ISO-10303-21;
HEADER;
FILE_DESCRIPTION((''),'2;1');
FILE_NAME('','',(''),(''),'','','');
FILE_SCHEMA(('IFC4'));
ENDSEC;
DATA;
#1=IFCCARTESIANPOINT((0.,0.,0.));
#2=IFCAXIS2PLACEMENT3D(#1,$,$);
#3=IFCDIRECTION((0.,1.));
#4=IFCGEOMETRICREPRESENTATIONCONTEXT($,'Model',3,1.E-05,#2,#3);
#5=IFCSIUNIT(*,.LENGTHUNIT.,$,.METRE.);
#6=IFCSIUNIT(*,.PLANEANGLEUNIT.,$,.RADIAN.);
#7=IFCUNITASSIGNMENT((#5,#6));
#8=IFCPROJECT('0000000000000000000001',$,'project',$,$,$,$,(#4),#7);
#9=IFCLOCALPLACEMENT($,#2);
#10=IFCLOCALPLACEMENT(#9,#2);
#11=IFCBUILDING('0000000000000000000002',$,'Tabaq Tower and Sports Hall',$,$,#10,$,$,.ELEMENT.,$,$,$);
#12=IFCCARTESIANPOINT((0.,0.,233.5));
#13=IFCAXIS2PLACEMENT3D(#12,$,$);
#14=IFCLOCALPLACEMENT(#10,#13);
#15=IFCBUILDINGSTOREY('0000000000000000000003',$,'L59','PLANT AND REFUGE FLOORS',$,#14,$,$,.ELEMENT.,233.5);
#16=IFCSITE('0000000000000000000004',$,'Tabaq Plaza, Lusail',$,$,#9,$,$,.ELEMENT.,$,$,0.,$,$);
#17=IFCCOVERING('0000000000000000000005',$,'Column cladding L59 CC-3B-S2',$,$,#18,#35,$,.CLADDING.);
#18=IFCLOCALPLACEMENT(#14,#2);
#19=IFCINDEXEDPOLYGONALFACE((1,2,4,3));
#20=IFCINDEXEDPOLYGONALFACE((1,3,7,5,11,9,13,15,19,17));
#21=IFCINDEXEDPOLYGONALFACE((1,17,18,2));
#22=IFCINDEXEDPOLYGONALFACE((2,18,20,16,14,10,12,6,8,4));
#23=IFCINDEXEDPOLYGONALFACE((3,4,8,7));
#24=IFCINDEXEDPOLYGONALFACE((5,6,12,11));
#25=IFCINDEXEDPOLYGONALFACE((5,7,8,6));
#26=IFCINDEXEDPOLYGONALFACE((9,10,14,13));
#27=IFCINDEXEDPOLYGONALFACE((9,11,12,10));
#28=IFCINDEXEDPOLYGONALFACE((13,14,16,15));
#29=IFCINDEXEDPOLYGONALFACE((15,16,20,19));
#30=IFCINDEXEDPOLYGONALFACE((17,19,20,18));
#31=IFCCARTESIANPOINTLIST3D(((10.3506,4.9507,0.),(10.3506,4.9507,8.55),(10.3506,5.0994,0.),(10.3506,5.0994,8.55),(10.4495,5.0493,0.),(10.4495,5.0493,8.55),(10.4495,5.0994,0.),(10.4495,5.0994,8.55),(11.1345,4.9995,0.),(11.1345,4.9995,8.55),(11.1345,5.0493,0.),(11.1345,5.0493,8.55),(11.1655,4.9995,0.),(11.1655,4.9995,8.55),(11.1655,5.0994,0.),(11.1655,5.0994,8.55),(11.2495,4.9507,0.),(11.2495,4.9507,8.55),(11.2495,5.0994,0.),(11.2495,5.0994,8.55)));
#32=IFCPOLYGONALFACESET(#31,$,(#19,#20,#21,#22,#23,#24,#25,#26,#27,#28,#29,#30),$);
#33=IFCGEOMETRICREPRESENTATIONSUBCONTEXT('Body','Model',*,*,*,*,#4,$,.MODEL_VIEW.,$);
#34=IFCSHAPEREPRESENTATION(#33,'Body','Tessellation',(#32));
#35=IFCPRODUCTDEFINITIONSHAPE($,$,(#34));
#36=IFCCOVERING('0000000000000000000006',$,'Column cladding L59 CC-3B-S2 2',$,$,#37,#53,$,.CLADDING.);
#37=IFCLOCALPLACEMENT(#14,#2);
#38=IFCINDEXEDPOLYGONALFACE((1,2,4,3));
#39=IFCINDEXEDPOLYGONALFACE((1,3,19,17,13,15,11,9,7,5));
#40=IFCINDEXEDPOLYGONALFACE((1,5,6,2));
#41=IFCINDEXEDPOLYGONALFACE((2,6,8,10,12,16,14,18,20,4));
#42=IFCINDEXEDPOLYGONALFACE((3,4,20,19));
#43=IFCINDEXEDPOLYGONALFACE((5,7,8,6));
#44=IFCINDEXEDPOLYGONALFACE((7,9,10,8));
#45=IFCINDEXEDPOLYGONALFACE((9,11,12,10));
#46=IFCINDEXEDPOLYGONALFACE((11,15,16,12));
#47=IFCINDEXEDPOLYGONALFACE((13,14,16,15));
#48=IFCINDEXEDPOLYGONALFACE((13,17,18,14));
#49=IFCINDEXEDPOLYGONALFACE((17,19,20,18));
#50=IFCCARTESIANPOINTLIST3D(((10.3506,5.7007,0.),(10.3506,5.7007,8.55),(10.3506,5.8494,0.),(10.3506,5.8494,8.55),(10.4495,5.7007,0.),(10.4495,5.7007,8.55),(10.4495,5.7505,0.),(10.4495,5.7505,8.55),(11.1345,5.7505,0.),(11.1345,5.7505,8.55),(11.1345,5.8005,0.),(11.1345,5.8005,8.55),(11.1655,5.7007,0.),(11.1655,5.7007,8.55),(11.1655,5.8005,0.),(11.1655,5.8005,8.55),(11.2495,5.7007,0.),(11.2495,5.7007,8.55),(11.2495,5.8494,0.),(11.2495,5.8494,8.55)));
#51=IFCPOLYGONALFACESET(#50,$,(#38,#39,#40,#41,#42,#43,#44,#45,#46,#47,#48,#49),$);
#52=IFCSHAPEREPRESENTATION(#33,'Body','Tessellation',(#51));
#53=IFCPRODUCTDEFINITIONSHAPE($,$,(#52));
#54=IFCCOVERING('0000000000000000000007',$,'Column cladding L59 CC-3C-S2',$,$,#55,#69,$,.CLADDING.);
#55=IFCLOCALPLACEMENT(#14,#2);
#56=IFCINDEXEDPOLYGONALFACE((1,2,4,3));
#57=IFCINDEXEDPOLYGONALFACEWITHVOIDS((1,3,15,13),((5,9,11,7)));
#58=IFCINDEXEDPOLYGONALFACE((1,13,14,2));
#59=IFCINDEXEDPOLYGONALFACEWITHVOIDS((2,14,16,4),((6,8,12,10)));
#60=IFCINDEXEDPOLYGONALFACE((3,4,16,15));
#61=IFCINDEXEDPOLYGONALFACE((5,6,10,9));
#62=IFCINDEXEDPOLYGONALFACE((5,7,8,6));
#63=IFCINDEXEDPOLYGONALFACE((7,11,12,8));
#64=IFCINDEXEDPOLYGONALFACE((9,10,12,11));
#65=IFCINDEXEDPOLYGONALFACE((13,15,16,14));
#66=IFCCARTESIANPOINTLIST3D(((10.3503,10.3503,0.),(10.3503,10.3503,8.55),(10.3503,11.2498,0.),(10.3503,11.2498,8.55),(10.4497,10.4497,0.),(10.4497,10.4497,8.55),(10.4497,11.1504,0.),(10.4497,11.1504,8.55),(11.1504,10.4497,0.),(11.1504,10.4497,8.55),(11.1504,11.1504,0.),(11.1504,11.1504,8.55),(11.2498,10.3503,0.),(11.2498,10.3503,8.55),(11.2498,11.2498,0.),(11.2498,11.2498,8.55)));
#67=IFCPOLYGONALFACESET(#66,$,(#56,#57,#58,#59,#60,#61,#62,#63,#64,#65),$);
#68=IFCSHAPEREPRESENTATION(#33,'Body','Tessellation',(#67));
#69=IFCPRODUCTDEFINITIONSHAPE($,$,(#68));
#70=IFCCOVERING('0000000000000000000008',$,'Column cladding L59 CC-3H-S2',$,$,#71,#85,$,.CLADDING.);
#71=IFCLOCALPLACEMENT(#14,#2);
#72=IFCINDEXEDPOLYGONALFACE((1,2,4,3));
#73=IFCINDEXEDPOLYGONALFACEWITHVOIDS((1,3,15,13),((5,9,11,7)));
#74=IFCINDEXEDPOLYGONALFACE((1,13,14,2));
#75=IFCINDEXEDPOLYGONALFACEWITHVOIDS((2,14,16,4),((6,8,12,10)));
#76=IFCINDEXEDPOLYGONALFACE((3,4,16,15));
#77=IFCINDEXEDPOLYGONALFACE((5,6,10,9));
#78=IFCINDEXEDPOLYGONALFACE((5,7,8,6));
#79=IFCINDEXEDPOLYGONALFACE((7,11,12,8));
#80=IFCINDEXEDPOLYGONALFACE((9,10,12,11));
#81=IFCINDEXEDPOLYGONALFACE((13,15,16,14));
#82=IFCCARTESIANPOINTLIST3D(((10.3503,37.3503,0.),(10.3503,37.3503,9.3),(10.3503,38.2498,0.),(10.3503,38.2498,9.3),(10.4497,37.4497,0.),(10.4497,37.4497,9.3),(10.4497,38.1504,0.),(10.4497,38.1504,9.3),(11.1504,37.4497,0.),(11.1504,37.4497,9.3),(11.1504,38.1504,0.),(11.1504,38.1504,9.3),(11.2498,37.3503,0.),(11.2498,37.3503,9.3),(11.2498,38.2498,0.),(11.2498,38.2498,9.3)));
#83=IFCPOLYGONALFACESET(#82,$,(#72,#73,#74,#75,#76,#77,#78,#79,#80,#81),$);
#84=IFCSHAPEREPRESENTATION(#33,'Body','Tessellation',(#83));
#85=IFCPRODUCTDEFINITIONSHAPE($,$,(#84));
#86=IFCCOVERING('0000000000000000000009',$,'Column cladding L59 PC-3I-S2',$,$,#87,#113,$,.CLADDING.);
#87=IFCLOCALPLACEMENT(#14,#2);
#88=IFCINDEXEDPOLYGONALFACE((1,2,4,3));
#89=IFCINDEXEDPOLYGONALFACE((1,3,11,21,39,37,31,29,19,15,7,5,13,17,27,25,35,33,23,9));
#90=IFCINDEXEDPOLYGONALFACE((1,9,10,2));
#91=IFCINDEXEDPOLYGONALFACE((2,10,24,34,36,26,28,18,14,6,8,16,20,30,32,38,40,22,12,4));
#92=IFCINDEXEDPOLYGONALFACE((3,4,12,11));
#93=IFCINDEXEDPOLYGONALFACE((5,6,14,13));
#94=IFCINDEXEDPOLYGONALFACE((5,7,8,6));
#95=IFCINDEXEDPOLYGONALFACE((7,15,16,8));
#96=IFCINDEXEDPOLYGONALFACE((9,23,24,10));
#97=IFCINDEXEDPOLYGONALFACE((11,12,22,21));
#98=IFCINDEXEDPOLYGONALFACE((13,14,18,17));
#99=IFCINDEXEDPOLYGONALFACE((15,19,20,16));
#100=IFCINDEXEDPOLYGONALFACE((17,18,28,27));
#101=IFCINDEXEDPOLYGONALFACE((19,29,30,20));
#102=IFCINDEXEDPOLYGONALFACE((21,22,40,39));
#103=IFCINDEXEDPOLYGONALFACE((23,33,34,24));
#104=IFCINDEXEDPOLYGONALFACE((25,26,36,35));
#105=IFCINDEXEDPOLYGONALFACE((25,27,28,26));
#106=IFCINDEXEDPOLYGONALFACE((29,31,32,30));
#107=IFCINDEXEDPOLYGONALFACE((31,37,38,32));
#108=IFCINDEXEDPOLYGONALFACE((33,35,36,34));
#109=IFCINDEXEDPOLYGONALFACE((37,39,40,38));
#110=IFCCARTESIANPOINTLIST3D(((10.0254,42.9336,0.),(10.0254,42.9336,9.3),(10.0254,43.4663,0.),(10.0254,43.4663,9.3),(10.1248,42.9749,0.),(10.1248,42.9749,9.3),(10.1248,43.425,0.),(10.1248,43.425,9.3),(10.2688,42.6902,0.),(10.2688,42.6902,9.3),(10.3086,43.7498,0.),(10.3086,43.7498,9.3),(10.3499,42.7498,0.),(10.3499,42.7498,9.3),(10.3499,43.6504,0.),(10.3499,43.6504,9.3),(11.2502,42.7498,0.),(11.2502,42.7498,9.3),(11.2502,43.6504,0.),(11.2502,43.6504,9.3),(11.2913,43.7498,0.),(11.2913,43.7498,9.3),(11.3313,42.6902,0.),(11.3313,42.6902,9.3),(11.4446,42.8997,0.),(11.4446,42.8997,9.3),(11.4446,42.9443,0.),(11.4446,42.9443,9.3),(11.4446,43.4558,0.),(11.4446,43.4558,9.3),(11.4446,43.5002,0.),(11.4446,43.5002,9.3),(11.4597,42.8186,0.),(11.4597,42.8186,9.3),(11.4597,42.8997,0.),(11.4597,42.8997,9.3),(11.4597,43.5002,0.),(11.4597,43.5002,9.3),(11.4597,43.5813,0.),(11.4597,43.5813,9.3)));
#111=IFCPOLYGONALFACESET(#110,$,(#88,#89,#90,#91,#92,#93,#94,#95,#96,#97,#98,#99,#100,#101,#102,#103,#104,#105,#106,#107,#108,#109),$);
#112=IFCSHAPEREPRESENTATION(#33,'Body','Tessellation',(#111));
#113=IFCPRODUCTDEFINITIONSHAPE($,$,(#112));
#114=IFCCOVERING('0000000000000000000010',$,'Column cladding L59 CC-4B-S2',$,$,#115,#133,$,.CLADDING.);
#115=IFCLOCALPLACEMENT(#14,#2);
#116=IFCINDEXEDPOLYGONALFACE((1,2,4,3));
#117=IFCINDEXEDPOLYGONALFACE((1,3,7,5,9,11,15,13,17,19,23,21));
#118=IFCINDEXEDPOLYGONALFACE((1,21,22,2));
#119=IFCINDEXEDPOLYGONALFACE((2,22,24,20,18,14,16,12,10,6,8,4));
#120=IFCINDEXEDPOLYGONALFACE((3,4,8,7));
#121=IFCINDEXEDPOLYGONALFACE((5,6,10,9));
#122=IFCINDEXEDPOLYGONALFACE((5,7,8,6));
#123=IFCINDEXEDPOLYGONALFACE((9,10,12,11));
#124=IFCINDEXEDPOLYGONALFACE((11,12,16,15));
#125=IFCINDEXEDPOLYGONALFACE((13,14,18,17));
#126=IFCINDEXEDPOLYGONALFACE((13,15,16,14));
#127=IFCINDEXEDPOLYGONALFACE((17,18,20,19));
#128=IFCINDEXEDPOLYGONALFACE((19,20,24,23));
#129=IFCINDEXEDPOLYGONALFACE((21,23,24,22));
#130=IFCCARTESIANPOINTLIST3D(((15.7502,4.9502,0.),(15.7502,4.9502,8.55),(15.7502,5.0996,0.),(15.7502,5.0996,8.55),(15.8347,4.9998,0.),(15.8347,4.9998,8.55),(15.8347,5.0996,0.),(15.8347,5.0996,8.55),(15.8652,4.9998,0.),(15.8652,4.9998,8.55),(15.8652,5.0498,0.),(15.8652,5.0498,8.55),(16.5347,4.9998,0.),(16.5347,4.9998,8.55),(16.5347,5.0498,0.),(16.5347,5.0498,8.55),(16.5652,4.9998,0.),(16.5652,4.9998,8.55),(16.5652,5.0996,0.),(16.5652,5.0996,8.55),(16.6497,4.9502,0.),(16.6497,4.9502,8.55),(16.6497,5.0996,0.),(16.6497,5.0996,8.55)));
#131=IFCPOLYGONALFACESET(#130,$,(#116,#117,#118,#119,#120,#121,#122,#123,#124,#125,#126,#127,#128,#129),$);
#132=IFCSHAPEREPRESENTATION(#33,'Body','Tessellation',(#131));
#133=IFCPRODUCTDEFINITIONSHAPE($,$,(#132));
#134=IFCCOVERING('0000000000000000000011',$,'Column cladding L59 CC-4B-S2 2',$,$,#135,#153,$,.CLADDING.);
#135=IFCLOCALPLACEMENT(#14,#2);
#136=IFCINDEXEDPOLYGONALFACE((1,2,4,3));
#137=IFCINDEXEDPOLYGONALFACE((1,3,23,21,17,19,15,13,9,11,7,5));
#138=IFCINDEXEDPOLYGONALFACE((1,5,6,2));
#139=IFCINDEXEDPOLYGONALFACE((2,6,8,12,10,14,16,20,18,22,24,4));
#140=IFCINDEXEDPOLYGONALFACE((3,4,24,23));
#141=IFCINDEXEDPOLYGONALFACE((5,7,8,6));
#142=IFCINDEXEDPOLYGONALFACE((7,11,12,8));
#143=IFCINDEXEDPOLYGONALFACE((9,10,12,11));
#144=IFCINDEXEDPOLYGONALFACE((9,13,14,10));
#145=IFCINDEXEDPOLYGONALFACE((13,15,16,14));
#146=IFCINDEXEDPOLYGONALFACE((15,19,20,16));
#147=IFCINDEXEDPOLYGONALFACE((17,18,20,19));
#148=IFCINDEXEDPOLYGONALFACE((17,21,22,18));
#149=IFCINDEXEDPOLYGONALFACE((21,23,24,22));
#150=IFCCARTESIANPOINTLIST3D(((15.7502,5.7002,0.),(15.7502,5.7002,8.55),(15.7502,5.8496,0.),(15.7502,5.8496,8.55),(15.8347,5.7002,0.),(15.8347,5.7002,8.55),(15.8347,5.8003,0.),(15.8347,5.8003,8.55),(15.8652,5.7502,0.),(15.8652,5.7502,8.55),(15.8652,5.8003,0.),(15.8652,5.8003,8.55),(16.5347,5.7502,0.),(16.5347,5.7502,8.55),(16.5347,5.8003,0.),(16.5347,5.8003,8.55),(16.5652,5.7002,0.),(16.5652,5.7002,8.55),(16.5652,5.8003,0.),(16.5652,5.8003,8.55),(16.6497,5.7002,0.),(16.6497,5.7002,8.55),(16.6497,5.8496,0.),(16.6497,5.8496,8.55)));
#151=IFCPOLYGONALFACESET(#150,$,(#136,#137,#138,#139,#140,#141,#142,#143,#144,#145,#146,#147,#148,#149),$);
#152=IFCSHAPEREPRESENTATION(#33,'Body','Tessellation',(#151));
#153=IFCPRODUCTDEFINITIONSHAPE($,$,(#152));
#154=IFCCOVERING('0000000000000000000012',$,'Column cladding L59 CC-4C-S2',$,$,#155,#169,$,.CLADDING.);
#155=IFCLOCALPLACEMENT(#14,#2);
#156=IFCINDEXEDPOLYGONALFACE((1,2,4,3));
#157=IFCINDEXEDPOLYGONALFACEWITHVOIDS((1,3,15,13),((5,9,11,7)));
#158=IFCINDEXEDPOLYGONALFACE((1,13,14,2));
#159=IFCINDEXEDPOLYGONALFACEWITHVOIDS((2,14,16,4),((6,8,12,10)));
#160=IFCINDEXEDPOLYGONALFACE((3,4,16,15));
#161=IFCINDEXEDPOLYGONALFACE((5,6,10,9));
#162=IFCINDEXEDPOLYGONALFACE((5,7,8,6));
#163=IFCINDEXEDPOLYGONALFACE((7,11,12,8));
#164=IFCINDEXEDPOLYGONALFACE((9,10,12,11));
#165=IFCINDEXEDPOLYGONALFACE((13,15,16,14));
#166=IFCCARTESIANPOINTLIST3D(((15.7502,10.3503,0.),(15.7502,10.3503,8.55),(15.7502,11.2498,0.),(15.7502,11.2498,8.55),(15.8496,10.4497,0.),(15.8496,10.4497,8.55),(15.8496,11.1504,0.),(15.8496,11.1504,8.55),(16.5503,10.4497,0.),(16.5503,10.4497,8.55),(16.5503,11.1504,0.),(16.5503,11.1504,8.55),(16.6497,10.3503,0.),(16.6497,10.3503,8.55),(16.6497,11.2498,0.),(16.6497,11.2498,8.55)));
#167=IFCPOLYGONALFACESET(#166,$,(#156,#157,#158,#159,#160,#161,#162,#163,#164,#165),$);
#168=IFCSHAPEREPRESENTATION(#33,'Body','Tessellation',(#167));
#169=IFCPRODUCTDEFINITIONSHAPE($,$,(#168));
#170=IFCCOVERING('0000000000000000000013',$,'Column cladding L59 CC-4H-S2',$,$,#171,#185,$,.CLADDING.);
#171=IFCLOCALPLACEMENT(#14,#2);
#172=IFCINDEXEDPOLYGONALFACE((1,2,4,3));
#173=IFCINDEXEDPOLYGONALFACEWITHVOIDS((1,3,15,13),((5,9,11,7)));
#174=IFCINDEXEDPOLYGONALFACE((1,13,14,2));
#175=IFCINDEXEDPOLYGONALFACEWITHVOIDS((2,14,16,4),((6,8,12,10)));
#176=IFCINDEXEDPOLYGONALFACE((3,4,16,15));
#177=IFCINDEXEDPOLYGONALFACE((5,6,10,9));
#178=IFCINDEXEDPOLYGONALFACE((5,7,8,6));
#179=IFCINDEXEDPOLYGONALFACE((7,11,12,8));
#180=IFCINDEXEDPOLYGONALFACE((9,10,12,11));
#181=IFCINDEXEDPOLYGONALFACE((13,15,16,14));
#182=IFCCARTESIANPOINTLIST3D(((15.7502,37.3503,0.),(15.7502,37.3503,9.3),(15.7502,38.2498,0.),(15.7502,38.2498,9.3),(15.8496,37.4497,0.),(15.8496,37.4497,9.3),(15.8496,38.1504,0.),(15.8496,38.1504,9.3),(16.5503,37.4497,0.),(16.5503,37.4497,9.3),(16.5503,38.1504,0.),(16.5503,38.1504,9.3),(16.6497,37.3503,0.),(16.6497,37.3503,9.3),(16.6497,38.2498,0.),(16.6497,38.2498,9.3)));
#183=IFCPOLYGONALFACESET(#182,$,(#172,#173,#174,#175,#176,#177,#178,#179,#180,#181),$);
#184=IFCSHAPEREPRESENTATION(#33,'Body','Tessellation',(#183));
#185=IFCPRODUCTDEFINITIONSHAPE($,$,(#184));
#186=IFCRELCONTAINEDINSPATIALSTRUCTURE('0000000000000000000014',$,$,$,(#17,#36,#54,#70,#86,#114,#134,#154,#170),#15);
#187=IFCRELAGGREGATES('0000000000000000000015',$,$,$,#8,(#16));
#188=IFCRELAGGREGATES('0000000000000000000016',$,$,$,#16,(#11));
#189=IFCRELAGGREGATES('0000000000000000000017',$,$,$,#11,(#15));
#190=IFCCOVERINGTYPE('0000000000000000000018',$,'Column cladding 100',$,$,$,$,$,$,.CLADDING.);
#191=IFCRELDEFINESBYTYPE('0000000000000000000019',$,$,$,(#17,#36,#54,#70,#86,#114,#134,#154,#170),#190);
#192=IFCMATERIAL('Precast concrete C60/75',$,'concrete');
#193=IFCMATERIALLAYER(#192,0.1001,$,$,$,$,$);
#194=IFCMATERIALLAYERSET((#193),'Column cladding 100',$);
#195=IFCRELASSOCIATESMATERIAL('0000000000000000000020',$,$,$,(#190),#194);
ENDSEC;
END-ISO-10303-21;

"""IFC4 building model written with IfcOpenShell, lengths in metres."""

from ifc_helpers import new_model, si_unit, direction, frame, origin, place, context, subcontext, project, spatial, polyline, outline, extrude, material, layer, layer_set, type_object, element, save


model = new_model("IFC4")

# Units and contexts
model_context = context("Model", 3, precision=1e-05, world=origin(), true_north=direction((0.0, 1.0)))
body_context = subcontext(model_context, "Body", "Model", "MODEL_VIEW")
ifc_project = project(units=[si_unit("LENGTHUNIT", "METRE"), si_unit("PLANEANGLEUNIT", "RADIAN")], contexts=[model_context])

# Site, building, storey
site_placement = place(None, origin())
site = spatial("IfcSite", under=ifc_project, at=site_placement, Name="Tabaq Plaza, Lusail", CompositionType="ELEMENT", RefElevation=0.0)
building_placement = place(site_placement, origin())
building = spatial("IfcBuilding", under=site, at=building_placement, Name="Tabaq Tower and Sports Hall", CompositionType="ELEMENT")
storey_placement = place(building_placement, frame((0.0, 0.0, 233.5)))
storey = spatial("IfcBuildingStorey", under=building, at=storey_placement, Name="L59", Description="PLANT AND REFUGE FLOORS", CompositionType="ELEMENT", Elevation=233.5)

# Coverings
ifc_material_1 = material(Name="Precast concrete C60/75", Category="concrete")
ifc_layer_1 = layer(ifc_material_1, 0.1001)
ifc_layer_set_1 = layer_set([ifc_layer_1], Name="Column cladding 100")
covering_type_1 = type_object("IfcCoveringType", Name="Column cladding 100", PredefinedType="CLADDING", material=ifc_layer_set_1)
covering_1_placement = place(storey_placement, origin())
element("IfcCovering", 1, at=covering_1_placement, inside=storey, type_object=covering_type_1, Name="Column cladding L59 CC-3B-S2", PredefinedType="CLADDING", context=body_context, shape_type="SweptSolid", body=[
    extrude(outline(polyline([(10.4495, 5.0994), (10.4495, 5.0493), (11.1345, 5.0493), (11.1345, 4.9995), (11.1655, 4.9995), (11.1655, 5.0994), (11.2495, 5.0994), (11.2495, 4.9507), (10.3506, 4.9507), (10.3506, 5.0994), (10.4495, 5.0994)])), origin(), (0.0, 0.0, 1.0), 8.55),
])
covering_2_placement = place(storey_placement, origin())
element("IfcCovering", 2, at=covering_2_placement, inside=storey, type_object=covering_type_1, Name="Column cladding L59 CC-3B-S2 2", PredefinedType="CLADDING", context=body_context, shape_type="SweptSolid", body=[
    extrude(outline(polyline([(10.4495, 5.7007), (10.3506, 5.7007), (10.3506, 5.8494), (11.2495, 5.8494), (11.2495, 5.7007), (11.1655, 5.7007), (11.1655, 5.8005), (11.1345, 5.8005), (11.1345, 5.7505), (10.4495, 5.7505), (10.4495, 5.7007)])), origin(), (0.0, 0.0, 1.0), 8.55),
])
covering_3_placement = place(storey_placement, origin())
element("IfcCovering", 3, at=covering_3_placement, inside=storey, type_object=covering_type_1, Name="Column cladding L59 CC-3C-S2", PredefinedType="CLADDING", context=body_context, shape_type="SweptSolid", body=[
    extrude(outline(polyline([(10.3503, 11.2498), (11.2498, 11.2498), (11.2498, 10.3503), (10.3503, 10.3503), (10.3503, 11.2498)]), holes=[polyline([(11.1504, 10.4497), (11.1504, 11.1504), (10.4497, 11.1504), (10.4497, 10.4497), (11.1504, 10.4497)])]), origin(), (0.0, 0.0, 1.0), 8.55),
])
covering_4_placement = place(storey_placement, origin())
element("IfcCovering", 4, at=covering_4_placement, inside=storey, type_object=covering_type_1, Name="Column cladding L59 CC-3H-S2", PredefinedType="CLADDING", context=body_context, shape_type="SweptSolid", body=[
    extrude(outline(polyline([(10.3503, 38.2498), (11.2498, 38.2498), (11.2498, 37.3503), (10.3503, 37.3503), (10.3503, 38.2498)]), holes=[polyline([(11.1504, 37.4497), (11.1504, 38.1504), (10.4497, 38.1504), (10.4497, 37.4497), (11.1504, 37.4497)])]), origin(), (0.0, 0.0, 1.0), 9.3),
])
covering_5_placement = place(storey_placement, origin())
element("IfcCovering", 5, at=covering_5_placement, inside=storey, type_object=covering_type_1, Name="Column cladding L59 PC-3I-S2", PredefinedType="CLADDING", context=body_context, shape_type="SweptSolid", body=[
    extrude(outline(polyline([(10.0254, 43.4663), (10.3086, 43.7498), (11.2913, 43.7498), (11.4597, 43.5813), (11.4597, 43.5002), (11.4446, 43.5002), (11.4446, 43.4558), (11.2502, 43.6504), (10.3499, 43.6504), (10.1248, 43.425), (10.1248, 42.9749), (10.3499, 42.7498), (11.2502, 42.7498), (11.4446, 42.9443), (11.4446, 42.8997), (11.4597, 42.8997), (11.4597, 42.8186), (11.3313, 42.6902), (10.2688, 42.6902), (10.0254, 42.9336), (10.0254, 43.4663)])), origin(), (0.0, 0.0, 1.0), 9.3),
])
covering_6_placement = place(storey_placement, origin())
element("IfcCovering", 6, at=covering_6_placement, inside=storey, type_object=covering_type_1, Name="Column cladding L59 CC-4B-S2", PredefinedType="CLADDING", context=body_context, shape_type="SweptSolid", body=[
    extrude(outline(polyline([(16.6497, 4.9502), (15.7502, 4.9502), (15.7502, 5.0996), (15.8347, 5.0996), (15.8347, 4.9998), (15.8652, 4.9998), (15.8652, 5.0498), (16.5347, 5.0498), (16.5347, 4.9998), (16.5652, 4.9998), (16.5652, 5.0996), (16.6497, 5.0996), (16.6497, 4.9502)])), origin(), (0.0, 0.0, 1.0), 8.55),
])
covering_7_placement = place(storey_placement, origin())
element("IfcCovering", 7, at=covering_7_placement, inside=storey, type_object=covering_type_1, Name="Column cladding L59 CC-4B-S2 2", PredefinedType="CLADDING", context=body_context, shape_type="SweptSolid", body=[
    extrude(outline(polyline([(16.6497, 5.8496), (16.6497, 5.7002), (16.5652, 5.7002), (16.5652, 5.8003), (16.5347, 5.8003), (16.5347, 5.7502), (15.8652, 5.7502), (15.8652, 5.8003), (15.8347, 5.8003), (15.8347, 5.7002), (15.7502, 5.7002), (15.7502, 5.8496), (16.6497, 5.8496)])), origin(), (0.0, 0.0, 1.0), 8.55),
])
covering_8_placement = place(storey_placement, origin())
element("IfcCovering", 8, at=covering_8_placement, inside=storey, type_object=covering_type_1, Name="Column cladding L59 CC-4C-S2", PredefinedType="CLADDING", context=body_context, shape_type="SweptSolid", body=[
    extrude(outline(polyline([(15.7502, 11.2498), (16.6497, 11.2498), (16.6497, 10.3503), (15.7502, 10.3503), (15.7502, 11.2498)]), holes=[polyline([(16.5503, 10.4497), (16.5503, 11.1504), (15.8496, 11.1504), (15.8496, 10.4497), (16.5503, 10.4497)])]), origin(), (0.0, 0.0, 1.0), 8.55),
])
covering_9_placement = place(storey_placement, origin())
element("IfcCovering", 9, at=covering_9_placement, inside=storey, type_object=covering_type_1, Name="Column cladding L59 CC-4H-S2", PredefinedType="CLADDING", context=body_context, shape_type="SweptSolid", body=[
    extrude(outline(polyline([(15.7502, 38.2498), (16.6497, 38.2498), (16.6497, 37.3503), (15.7502, 37.3503), (15.7502, 38.2498)]), holes=[polyline([(16.5503, 37.4497), (16.5503, 38.1504), (15.8496, 38.1504), (15.8496, 37.4497), (16.5503, 37.4497)])]), origin(), (0.0, 0.0, 1.0), 9.3),
])

save(model, "model.ifc")
